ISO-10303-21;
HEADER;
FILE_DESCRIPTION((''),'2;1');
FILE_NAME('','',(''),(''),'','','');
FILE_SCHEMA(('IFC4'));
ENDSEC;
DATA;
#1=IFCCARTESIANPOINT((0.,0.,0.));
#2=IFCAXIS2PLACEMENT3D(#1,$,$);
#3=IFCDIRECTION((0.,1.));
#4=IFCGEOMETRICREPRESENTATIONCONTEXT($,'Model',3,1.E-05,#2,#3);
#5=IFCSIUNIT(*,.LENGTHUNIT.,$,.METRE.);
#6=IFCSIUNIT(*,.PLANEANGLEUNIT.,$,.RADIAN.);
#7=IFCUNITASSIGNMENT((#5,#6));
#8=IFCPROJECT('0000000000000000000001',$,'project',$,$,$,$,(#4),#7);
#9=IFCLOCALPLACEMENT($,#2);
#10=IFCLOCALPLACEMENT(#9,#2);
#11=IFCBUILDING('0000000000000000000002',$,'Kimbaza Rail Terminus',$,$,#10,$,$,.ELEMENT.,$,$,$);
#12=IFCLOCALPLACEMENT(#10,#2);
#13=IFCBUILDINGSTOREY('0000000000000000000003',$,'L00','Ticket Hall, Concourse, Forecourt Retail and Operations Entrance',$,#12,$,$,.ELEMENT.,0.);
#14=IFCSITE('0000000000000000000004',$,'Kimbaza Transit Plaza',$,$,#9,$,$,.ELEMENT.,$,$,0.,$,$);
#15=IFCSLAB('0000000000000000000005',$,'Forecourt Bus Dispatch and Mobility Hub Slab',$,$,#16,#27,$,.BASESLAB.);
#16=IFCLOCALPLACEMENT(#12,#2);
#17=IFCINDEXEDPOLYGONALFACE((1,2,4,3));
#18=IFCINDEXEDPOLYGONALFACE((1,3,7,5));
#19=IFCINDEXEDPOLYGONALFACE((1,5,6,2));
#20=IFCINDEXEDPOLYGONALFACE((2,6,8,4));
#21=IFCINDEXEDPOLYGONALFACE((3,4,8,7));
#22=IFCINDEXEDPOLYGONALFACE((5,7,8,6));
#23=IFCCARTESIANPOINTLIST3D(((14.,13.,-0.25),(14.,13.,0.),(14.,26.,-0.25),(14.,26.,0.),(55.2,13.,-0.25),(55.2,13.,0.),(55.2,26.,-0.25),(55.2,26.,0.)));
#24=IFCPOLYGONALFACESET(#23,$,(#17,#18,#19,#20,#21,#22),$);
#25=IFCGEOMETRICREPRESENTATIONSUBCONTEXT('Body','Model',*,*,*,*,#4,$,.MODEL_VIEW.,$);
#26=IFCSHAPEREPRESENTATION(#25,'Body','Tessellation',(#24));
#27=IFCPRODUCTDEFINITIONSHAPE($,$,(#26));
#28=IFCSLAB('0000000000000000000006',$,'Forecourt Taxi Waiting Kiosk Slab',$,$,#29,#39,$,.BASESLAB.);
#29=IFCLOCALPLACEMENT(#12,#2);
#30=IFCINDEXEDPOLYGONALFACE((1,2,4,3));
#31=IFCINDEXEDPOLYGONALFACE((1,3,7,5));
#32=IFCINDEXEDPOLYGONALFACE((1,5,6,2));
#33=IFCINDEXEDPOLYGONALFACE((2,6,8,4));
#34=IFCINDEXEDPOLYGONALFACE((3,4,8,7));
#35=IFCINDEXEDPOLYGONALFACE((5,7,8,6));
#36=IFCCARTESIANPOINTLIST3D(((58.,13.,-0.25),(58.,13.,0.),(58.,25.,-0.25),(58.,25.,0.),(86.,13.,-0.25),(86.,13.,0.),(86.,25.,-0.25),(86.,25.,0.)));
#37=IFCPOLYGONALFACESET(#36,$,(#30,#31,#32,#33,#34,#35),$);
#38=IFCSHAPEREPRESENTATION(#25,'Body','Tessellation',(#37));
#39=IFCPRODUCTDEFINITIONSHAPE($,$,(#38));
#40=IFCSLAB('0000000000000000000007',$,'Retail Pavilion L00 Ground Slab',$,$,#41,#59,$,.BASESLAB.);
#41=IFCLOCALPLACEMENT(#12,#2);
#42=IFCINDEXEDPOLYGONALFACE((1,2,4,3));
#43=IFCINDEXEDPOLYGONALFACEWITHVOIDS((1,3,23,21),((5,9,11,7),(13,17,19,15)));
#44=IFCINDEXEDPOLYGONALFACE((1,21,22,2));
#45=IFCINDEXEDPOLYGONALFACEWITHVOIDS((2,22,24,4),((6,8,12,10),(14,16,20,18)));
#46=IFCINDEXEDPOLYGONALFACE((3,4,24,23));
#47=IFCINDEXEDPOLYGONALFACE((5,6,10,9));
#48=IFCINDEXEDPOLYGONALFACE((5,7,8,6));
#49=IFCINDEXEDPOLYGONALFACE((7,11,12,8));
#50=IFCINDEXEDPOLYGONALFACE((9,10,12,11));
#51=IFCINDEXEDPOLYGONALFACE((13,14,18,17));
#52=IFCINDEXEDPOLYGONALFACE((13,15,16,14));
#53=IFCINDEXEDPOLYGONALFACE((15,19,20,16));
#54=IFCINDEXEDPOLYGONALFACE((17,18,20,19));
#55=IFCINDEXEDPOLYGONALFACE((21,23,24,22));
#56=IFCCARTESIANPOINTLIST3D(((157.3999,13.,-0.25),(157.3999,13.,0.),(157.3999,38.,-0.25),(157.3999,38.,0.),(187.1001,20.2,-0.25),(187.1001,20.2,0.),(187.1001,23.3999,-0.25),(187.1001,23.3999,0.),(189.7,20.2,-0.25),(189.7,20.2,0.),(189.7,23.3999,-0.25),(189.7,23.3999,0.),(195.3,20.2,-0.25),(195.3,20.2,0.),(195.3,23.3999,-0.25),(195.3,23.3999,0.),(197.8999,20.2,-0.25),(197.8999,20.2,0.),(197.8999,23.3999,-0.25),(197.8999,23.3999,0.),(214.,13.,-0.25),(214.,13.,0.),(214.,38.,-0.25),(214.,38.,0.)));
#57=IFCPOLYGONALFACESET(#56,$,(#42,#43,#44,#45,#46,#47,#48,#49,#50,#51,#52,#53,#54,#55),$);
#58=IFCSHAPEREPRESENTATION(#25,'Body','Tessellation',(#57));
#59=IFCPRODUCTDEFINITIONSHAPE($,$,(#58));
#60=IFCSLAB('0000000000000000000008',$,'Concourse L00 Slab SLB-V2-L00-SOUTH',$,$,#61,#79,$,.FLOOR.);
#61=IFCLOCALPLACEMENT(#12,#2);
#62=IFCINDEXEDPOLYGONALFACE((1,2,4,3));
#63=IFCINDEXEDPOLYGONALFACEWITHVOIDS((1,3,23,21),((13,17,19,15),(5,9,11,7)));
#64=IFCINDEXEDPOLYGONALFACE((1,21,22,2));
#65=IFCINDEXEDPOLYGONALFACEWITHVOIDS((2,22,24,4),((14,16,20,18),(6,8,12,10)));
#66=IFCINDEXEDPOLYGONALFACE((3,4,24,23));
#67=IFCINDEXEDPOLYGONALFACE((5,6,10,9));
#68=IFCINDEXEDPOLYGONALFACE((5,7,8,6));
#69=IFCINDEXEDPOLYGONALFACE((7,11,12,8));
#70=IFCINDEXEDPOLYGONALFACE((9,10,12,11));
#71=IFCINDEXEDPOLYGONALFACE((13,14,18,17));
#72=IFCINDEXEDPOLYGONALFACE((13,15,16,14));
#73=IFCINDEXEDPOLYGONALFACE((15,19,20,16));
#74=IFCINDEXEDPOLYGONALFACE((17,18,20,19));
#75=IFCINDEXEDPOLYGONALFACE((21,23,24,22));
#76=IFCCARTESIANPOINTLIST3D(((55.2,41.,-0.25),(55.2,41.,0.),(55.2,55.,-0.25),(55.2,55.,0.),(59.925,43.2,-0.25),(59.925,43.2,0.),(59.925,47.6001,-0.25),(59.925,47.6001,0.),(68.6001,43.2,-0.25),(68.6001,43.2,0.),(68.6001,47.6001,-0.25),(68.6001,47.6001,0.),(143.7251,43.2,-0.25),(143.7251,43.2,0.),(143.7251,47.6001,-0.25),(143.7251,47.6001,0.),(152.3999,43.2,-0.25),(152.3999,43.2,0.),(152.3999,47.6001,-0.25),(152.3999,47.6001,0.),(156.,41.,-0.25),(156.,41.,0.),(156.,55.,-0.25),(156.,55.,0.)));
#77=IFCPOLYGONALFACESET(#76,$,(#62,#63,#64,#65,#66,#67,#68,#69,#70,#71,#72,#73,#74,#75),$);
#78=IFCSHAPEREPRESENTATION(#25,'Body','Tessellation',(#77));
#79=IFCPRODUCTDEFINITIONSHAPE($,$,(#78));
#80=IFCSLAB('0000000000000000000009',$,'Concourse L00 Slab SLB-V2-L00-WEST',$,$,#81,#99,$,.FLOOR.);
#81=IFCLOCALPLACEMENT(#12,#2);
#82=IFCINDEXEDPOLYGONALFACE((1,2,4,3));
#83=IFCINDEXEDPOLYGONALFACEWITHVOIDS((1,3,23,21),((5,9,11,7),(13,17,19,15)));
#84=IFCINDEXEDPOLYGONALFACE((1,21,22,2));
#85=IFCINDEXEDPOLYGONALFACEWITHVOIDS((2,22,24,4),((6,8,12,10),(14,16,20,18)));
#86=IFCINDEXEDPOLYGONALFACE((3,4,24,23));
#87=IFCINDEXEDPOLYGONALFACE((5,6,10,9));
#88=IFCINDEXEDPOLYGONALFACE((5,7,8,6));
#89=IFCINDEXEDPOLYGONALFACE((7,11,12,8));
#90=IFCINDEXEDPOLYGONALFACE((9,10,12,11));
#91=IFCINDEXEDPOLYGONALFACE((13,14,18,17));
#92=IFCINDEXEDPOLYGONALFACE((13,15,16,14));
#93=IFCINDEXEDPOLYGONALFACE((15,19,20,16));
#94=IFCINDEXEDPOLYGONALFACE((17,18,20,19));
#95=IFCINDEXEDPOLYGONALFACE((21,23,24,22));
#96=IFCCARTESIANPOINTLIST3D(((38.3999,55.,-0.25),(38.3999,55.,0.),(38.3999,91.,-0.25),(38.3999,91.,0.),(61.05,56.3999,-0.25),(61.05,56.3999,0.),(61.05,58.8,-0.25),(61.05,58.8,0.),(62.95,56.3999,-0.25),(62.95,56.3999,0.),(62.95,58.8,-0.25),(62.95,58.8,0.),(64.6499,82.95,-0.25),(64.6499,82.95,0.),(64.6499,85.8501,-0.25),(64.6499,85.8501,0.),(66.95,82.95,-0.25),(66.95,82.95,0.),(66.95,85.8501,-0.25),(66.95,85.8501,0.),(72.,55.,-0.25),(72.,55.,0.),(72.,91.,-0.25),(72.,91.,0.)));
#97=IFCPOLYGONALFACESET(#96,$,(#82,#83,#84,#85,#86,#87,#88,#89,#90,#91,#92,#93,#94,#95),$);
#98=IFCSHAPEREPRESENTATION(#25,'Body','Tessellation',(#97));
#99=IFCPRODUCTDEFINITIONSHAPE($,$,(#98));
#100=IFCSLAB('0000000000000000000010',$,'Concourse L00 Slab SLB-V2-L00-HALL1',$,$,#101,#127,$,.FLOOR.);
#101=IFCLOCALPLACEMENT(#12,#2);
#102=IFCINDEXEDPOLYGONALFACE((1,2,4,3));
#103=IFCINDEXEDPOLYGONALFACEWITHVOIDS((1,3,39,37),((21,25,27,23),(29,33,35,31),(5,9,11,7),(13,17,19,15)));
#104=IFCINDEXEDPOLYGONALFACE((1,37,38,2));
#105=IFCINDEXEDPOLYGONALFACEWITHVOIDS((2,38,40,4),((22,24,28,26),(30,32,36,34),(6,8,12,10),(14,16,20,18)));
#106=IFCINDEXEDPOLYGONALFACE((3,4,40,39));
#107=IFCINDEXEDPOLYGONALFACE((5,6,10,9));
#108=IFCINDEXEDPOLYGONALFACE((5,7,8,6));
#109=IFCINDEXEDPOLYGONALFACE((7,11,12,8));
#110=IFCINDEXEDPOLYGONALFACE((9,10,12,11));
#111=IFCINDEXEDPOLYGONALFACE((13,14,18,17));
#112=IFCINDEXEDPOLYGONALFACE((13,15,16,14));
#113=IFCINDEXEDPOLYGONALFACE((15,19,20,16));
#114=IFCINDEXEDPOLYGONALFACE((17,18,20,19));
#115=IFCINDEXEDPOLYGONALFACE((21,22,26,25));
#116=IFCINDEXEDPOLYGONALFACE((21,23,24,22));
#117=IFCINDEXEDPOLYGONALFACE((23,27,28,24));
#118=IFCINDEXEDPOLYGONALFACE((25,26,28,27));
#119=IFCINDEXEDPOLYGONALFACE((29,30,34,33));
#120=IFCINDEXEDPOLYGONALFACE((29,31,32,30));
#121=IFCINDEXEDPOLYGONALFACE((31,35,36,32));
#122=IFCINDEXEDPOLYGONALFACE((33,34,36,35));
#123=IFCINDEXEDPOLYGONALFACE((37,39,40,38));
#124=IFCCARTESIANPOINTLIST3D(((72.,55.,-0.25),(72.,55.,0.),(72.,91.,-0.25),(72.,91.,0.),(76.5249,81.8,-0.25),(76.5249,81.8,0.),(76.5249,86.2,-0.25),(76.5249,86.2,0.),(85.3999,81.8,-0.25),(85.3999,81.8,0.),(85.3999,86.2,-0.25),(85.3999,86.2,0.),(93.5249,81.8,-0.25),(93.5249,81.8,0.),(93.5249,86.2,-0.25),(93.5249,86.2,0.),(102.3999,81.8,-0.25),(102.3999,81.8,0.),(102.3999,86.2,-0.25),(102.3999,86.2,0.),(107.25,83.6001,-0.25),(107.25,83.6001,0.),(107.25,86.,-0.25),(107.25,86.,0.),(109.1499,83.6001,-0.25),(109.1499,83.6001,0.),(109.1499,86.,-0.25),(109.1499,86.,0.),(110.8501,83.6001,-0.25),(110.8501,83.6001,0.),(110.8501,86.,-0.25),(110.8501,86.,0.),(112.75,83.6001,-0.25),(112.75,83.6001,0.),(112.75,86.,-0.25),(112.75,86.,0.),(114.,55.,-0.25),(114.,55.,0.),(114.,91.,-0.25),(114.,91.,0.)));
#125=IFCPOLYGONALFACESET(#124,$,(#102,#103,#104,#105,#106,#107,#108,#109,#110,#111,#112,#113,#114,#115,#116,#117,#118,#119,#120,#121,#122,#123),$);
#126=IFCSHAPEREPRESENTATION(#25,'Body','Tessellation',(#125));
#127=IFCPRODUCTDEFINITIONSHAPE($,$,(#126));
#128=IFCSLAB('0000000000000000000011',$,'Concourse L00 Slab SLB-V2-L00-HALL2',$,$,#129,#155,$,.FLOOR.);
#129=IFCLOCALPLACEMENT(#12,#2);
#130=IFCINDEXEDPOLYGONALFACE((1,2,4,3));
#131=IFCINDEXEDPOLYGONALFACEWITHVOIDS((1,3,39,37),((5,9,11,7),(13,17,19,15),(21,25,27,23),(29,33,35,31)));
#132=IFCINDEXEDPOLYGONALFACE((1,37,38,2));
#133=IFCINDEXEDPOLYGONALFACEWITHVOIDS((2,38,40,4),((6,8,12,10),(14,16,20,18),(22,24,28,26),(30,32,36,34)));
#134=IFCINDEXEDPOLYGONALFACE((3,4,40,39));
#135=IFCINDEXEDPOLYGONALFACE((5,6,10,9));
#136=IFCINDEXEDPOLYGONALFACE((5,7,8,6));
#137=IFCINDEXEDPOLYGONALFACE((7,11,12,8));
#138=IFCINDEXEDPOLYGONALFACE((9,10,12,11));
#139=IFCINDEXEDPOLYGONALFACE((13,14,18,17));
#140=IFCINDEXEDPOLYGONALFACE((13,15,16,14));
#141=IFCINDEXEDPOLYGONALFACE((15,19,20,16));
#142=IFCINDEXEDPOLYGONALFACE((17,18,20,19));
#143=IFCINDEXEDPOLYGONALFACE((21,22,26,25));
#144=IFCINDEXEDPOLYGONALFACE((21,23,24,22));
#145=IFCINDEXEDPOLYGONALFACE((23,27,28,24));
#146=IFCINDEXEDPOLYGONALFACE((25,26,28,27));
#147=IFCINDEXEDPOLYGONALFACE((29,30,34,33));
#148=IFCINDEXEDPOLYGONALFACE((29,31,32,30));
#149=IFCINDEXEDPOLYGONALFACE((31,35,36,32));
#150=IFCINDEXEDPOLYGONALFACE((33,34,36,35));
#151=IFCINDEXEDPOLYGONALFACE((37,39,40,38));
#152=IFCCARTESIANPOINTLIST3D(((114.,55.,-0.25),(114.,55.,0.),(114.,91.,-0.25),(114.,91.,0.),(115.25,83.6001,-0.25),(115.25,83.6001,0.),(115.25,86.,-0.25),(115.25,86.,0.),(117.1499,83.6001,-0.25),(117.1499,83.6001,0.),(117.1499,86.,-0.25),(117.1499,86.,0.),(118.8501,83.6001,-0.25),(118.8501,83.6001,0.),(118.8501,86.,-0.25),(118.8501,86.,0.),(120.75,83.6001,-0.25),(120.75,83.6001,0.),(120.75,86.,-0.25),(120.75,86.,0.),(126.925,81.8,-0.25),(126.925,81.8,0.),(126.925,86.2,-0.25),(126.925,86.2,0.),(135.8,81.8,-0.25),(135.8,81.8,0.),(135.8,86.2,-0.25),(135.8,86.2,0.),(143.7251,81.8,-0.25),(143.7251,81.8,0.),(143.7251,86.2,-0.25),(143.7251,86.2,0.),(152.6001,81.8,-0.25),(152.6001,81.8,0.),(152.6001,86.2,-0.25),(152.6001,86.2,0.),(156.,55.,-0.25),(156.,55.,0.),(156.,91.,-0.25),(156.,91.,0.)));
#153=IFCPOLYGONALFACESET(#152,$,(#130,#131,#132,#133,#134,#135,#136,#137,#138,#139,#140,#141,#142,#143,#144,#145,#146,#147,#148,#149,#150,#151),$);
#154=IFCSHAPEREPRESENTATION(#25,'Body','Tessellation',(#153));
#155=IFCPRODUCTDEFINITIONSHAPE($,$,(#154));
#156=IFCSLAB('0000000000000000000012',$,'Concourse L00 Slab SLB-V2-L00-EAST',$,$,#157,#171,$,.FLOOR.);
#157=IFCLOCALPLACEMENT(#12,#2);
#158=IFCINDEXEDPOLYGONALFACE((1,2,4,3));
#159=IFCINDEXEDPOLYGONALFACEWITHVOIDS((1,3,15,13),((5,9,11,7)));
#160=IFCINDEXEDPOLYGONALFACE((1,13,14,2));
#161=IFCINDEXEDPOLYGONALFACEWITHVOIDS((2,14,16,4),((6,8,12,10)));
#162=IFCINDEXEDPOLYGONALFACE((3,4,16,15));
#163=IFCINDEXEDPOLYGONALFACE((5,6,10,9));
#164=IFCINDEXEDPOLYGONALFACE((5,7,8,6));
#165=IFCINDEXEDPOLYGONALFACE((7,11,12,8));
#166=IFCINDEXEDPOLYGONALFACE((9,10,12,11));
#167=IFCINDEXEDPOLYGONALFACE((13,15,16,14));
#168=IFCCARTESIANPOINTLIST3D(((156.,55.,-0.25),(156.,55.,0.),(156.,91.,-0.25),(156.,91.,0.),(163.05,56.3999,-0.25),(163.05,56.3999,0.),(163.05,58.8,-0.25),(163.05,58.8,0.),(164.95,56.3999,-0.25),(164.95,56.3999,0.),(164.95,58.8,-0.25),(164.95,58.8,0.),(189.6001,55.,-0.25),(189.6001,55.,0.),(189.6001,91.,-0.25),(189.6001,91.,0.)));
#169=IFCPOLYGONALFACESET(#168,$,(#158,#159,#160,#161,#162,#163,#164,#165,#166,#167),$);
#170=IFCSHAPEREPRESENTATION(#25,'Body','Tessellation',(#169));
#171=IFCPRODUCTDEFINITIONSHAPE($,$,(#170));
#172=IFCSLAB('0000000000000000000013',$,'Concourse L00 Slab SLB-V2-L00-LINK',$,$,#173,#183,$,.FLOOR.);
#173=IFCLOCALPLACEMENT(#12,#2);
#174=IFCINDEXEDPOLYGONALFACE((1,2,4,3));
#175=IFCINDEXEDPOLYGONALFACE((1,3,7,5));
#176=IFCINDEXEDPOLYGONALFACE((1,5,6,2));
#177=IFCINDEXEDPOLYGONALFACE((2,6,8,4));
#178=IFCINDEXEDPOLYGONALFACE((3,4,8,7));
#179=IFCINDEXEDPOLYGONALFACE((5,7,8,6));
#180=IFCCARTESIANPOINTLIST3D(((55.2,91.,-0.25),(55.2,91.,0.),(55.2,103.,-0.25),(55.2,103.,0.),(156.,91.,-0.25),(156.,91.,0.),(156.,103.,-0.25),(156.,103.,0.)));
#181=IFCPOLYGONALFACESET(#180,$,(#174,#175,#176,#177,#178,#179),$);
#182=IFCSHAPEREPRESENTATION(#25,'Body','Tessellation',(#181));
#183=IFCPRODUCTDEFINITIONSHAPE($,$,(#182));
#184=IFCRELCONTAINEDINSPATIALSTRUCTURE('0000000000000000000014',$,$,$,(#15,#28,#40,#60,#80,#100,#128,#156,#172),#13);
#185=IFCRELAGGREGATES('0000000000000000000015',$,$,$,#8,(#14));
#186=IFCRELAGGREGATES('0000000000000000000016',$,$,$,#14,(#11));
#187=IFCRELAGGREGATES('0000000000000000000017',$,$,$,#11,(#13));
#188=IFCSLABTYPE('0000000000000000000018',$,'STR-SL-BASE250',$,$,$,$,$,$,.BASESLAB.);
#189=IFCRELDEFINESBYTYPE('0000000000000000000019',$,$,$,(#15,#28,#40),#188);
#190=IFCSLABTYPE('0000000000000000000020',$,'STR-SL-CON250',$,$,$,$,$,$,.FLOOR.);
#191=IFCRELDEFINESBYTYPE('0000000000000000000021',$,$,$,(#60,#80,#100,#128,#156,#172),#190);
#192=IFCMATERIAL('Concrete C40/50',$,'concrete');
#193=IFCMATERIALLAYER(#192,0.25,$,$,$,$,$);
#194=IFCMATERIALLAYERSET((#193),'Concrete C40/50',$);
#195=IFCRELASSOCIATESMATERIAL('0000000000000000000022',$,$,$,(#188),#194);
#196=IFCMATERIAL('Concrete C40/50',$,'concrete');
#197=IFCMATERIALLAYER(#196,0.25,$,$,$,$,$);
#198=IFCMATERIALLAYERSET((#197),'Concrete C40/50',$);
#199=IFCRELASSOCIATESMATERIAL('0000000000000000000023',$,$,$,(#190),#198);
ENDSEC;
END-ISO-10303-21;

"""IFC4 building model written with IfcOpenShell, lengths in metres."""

from ifc_helpers import new_model, si_unit, direction, frame, origin, place, context, subcontext, project, spatial, polyline, outline, extrude, material, layer, layer_set, type_object, element, save


model = new_model("IFC4")

# Units and contexts
model_context = context("Model", 3, precision=1e-05, world=origin(), true_north=direction((0.0, 1.0)))
body_context = subcontext(model_context, "Body", "Model", "MODEL_VIEW")
ifc_project = project(units=[si_unit("LENGTHUNIT", "METRE"), si_unit("PLANEANGLEUNIT", "RADIAN")], contexts=[model_context])

# Site, building, storey
site_placement = place(None, origin())
site = spatial("IfcSite", under=ifc_project, at=site_placement, Name="Kimbaza Transit Plaza", CompositionType="ELEMENT", RefElevation=0.0)
building_placement = place(site_placement, origin())
building = spatial("IfcBuilding", under=site, at=building_placement, Name="Kimbaza Rail Terminus", CompositionType="ELEMENT")
storey_placement = place(building_placement, origin())
storey = spatial("IfcBuildingStorey", under=building, at=storey_placement, Name="L00", Description="Ticket Hall, Concourse, Forecourt Retail and Operations Entrance", CompositionType="ELEMENT", Elevation=0.0)

# Slabs
ifc_material_1 = material(Name="Concrete C40/50", Category="concrete")
ifc_layer_1 = layer(ifc_material_1, 0.25)
ifc_layer_set_1 = layer_set([ifc_layer_1], Name="Concrete C40/50")
slab_type_1 = type_object("IfcSlabType", Name="STR-SL-BASE250", PredefinedType="BASESLAB", material=ifc_layer_set_1)
slab_1_placement = place(storey_placement, frame((0.0, 0.0, -0.25)))
element("IfcSlab", 1, at=slab_1_placement, inside=storey, type_object=slab_type_1, Name="Forecourt Bus Dispatch and Mobility Hub Slab", PredefinedType="BASESLAB", context=body_context, shape_type="SweptSolid", body=[
    extrude(outline(polyline([(14.0, 13.0), (55.2, 13.0), (55.2, 26.0), (14.0, 26.0), (14.0, 13.0)])), origin(), (0.0, 0.0, 1.0), 0.25),
])
slab_2_placement = place(storey_placement, frame((0.0, 0.0, -0.25)))
element("IfcSlab", 2, at=slab_2_placement, inside=storey, type_object=slab_type_1, Name="Forecourt Taxi Waiting Kiosk Slab", PredefinedType="BASESLAB", context=body_context, shape_type="SweptSolid", body=[
    extrude(outline(polyline([(58.0, 13.0), (86.0, 13.0), (86.0, 25.0), (58.0, 25.0), (58.0, 13.0)])), origin(), (0.0, 0.0, 1.0), 0.25),
])
slab_3_placement = place(storey_placement, frame((0.0, 0.0, -0.25)))
element("IfcSlab", 3, at=slab_3_placement, inside=storey, type_object=slab_type_1, Name="Retail Pavilion L00 Ground Slab", PredefinedType="BASESLAB", context=body_context, shape_type="SweptSolid", body=[
    extrude(outline(polyline([(157.3999, 13.0), (214.0, 13.0), (214.0, 38.0), (157.3999, 38.0), (157.3999, 13.0)]), holes=[polyline([(187.1001, 20.2), (189.7, 20.2), (189.7, 23.3999), (187.1001, 23.3999), (187.1001, 20.2)]), polyline([(195.3, 20.2), (197.8999, 20.2), (197.8999, 23.3999), (195.3, 23.3999), (195.3, 20.2)])]), origin(), (0.0, 0.0, 1.0), 0.25),
])
ifc_material_2 = material(Name="Concrete C40/50", Category="concrete")
ifc_layer_2 = layer(ifc_material_2, 0.25)
ifc_layer_set_2 = layer_set([ifc_layer_2], Name="Concrete C40/50")
slab_type_2 = type_object("IfcSlabType", Name="STR-SL-CON250", PredefinedType="FLOOR", material=ifc_layer_set_2)
slab_4_placement = place(storey_placement, frame((0.0, 0.0, -0.25)))
element("IfcSlab", 4, at=slab_4_placement, inside=storey, type_object=slab_type_2, Name="Concourse L00 Slab SLB-V2-L00-SOUTH", PredefinedType="FLOOR", context=body_context, shape_type="SweptSolid", body=[
    extrude(outline(polyline([(55.2, 41.0), (156.0, 41.0), (156.0, 55.0), (55.2, 55.0), (55.2, 41.0)]), holes=[polyline([(59.925, 43.2), (68.6001, 43.2), (68.6001, 47.6001), (59.925, 47.6001), (59.925, 43.2)]), polyline([(143.7251, 43.2), (152.3999, 43.2), (152.3999, 47.6001), (143.7251, 47.6001), (143.7251, 43.2)])]), origin(), (0.0, 0.0, 1.0), 0.25),
])
slab_5_placement = place(storey_placement, frame((0.0, 0.0, -0.25)))
element("IfcSlab", 5, at=slab_5_placement, inside=storey, type_object=slab_type_2, Name="Concourse L00 Slab SLB-V2-L00-WEST", PredefinedType="FLOOR", context=body_context, shape_type="SweptSolid", body=[
    extrude(outline(polyline([(38.3999, 55.0), (72.0, 55.0), (72.0, 91.0), (38.3999, 91.0), (38.3999, 55.0)]), holes=[polyline([(61.05, 56.3999), (62.95, 56.3999), (62.95, 58.8), (61.05, 58.8), (61.05, 56.3999)]), polyline([(64.6499, 82.95), (66.95, 82.95), (66.95, 85.8501), (64.6499, 85.8501), (64.6499, 82.95)])]), origin(), (0.0, 0.0, 1.0), 0.25),
])
slab_6_placement = place(storey_placement, frame((0.0, 0.0, -0.25)))
element("IfcSlab", 6, at=slab_6_placement, inside=storey, type_object=slab_type_2, Name="Concourse L00 Slab SLB-V2-L00-HALL1", PredefinedType="FLOOR", context=body_context, shape_type="SweptSolid", body=[
    extrude(outline(polyline([(72.0, 55.0), (114.0, 55.0), (114.0, 91.0), (72.0, 91.0), (72.0, 55.0)]), holes=[polyline([(76.5249, 81.8), (85.3999, 81.8), (85.3999, 86.2), (76.5249, 86.2), (76.5249, 81.8)]), polyline([(93.5249, 81.8), (102.3999, 81.8), (102.3999, 86.2), (93.5249, 86.2), (93.5249, 81.8)]), polyline([(107.25, 83.6001), (109.1499, 83.6001), (109.1499, 86.0), (107.25, 86.0), (107.25, 83.6001)]), polyline([(110.8501, 83.6001), (112.75, 83.6001), (112.75, 86.0), (110.8501, 86.0), (110.8501, 83.6001)])]), origin(), (0.0, 0.0, 1.0), 0.25),
])
slab_7_placement = place(storey_placement, frame((0.0, 0.0, -0.25)))
element("IfcSlab", 7, at=slab_7_placement, inside=storey, type_object=slab_type_2, Name="Concourse L00 Slab SLB-V2-L00-HALL2", PredefinedType="FLOOR", context=body_context, shape_type="SweptSolid", body=[
    extrude(outline(polyline([(114.0, 55.0), (156.0, 55.0), (156.0, 91.0), (114.0, 91.0), (114.0, 55.0)]), holes=[polyline([(143.7251, 81.8), (152.6001, 81.8), (152.6001, 86.2), (143.7251, 86.2), (143.7251, 81.8)]), polyline([(126.925, 81.8), (135.8, 81.8), (135.8, 86.2), (126.925, 86.2), (126.925, 81.8)]), polyline([(115.25, 83.6001), (117.1499, 83.6001), (117.1499, 86.0), (115.25, 86.0), (115.25, 83.6001)]), polyline([(118.8501, 83.6001), (120.75, 83.6001), (120.75, 86.0), (118.8501, 86.0), (118.8501, 83.6001)])]), origin(), (0.0, 0.0, 1.0), 0.25),
])
slab_8_placement = place(storey_placement, frame((0.0, 0.0, -0.25)))
element("IfcSlab", 8, at=slab_8_placement, inside=storey, type_object=slab_type_2, Name="Concourse L00 Slab SLB-V2-L00-EAST", PredefinedType="FLOOR", context=body_context, shape_type="SweptSolid", body=[
    extrude(outline(polyline([(156.0, 55.0), (189.6001, 55.0), (189.6001, 91.0), (156.0, 91.0), (156.0, 55.0)]), holes=[polyline([(163.05, 56.3999), (164.95, 56.3999), (164.95, 58.8), (163.05, 58.8), (163.05, 56.3999)])]), origin(), (0.0, 0.0, 1.0), 0.25),
])
slab_9_placement = place(storey_placement, frame((0.0, 0.0, -0.25)))
element("IfcSlab", 9, at=slab_9_placement, inside=storey, type_object=slab_type_2, Name="Concourse L00 Slab SLB-V2-L00-LINK", PredefinedType="FLOOR", context=body_context, shape_type="SweptSolid", body=[
    extrude(outline(polyline([(55.2, 91.0), (156.0, 91.0), (156.0, 103.0), (55.2, 103.0), (55.2, 91.0)])), origin(), (0.0, 0.0, 1.0), 0.25),
])

save(model, "model.ifc")
